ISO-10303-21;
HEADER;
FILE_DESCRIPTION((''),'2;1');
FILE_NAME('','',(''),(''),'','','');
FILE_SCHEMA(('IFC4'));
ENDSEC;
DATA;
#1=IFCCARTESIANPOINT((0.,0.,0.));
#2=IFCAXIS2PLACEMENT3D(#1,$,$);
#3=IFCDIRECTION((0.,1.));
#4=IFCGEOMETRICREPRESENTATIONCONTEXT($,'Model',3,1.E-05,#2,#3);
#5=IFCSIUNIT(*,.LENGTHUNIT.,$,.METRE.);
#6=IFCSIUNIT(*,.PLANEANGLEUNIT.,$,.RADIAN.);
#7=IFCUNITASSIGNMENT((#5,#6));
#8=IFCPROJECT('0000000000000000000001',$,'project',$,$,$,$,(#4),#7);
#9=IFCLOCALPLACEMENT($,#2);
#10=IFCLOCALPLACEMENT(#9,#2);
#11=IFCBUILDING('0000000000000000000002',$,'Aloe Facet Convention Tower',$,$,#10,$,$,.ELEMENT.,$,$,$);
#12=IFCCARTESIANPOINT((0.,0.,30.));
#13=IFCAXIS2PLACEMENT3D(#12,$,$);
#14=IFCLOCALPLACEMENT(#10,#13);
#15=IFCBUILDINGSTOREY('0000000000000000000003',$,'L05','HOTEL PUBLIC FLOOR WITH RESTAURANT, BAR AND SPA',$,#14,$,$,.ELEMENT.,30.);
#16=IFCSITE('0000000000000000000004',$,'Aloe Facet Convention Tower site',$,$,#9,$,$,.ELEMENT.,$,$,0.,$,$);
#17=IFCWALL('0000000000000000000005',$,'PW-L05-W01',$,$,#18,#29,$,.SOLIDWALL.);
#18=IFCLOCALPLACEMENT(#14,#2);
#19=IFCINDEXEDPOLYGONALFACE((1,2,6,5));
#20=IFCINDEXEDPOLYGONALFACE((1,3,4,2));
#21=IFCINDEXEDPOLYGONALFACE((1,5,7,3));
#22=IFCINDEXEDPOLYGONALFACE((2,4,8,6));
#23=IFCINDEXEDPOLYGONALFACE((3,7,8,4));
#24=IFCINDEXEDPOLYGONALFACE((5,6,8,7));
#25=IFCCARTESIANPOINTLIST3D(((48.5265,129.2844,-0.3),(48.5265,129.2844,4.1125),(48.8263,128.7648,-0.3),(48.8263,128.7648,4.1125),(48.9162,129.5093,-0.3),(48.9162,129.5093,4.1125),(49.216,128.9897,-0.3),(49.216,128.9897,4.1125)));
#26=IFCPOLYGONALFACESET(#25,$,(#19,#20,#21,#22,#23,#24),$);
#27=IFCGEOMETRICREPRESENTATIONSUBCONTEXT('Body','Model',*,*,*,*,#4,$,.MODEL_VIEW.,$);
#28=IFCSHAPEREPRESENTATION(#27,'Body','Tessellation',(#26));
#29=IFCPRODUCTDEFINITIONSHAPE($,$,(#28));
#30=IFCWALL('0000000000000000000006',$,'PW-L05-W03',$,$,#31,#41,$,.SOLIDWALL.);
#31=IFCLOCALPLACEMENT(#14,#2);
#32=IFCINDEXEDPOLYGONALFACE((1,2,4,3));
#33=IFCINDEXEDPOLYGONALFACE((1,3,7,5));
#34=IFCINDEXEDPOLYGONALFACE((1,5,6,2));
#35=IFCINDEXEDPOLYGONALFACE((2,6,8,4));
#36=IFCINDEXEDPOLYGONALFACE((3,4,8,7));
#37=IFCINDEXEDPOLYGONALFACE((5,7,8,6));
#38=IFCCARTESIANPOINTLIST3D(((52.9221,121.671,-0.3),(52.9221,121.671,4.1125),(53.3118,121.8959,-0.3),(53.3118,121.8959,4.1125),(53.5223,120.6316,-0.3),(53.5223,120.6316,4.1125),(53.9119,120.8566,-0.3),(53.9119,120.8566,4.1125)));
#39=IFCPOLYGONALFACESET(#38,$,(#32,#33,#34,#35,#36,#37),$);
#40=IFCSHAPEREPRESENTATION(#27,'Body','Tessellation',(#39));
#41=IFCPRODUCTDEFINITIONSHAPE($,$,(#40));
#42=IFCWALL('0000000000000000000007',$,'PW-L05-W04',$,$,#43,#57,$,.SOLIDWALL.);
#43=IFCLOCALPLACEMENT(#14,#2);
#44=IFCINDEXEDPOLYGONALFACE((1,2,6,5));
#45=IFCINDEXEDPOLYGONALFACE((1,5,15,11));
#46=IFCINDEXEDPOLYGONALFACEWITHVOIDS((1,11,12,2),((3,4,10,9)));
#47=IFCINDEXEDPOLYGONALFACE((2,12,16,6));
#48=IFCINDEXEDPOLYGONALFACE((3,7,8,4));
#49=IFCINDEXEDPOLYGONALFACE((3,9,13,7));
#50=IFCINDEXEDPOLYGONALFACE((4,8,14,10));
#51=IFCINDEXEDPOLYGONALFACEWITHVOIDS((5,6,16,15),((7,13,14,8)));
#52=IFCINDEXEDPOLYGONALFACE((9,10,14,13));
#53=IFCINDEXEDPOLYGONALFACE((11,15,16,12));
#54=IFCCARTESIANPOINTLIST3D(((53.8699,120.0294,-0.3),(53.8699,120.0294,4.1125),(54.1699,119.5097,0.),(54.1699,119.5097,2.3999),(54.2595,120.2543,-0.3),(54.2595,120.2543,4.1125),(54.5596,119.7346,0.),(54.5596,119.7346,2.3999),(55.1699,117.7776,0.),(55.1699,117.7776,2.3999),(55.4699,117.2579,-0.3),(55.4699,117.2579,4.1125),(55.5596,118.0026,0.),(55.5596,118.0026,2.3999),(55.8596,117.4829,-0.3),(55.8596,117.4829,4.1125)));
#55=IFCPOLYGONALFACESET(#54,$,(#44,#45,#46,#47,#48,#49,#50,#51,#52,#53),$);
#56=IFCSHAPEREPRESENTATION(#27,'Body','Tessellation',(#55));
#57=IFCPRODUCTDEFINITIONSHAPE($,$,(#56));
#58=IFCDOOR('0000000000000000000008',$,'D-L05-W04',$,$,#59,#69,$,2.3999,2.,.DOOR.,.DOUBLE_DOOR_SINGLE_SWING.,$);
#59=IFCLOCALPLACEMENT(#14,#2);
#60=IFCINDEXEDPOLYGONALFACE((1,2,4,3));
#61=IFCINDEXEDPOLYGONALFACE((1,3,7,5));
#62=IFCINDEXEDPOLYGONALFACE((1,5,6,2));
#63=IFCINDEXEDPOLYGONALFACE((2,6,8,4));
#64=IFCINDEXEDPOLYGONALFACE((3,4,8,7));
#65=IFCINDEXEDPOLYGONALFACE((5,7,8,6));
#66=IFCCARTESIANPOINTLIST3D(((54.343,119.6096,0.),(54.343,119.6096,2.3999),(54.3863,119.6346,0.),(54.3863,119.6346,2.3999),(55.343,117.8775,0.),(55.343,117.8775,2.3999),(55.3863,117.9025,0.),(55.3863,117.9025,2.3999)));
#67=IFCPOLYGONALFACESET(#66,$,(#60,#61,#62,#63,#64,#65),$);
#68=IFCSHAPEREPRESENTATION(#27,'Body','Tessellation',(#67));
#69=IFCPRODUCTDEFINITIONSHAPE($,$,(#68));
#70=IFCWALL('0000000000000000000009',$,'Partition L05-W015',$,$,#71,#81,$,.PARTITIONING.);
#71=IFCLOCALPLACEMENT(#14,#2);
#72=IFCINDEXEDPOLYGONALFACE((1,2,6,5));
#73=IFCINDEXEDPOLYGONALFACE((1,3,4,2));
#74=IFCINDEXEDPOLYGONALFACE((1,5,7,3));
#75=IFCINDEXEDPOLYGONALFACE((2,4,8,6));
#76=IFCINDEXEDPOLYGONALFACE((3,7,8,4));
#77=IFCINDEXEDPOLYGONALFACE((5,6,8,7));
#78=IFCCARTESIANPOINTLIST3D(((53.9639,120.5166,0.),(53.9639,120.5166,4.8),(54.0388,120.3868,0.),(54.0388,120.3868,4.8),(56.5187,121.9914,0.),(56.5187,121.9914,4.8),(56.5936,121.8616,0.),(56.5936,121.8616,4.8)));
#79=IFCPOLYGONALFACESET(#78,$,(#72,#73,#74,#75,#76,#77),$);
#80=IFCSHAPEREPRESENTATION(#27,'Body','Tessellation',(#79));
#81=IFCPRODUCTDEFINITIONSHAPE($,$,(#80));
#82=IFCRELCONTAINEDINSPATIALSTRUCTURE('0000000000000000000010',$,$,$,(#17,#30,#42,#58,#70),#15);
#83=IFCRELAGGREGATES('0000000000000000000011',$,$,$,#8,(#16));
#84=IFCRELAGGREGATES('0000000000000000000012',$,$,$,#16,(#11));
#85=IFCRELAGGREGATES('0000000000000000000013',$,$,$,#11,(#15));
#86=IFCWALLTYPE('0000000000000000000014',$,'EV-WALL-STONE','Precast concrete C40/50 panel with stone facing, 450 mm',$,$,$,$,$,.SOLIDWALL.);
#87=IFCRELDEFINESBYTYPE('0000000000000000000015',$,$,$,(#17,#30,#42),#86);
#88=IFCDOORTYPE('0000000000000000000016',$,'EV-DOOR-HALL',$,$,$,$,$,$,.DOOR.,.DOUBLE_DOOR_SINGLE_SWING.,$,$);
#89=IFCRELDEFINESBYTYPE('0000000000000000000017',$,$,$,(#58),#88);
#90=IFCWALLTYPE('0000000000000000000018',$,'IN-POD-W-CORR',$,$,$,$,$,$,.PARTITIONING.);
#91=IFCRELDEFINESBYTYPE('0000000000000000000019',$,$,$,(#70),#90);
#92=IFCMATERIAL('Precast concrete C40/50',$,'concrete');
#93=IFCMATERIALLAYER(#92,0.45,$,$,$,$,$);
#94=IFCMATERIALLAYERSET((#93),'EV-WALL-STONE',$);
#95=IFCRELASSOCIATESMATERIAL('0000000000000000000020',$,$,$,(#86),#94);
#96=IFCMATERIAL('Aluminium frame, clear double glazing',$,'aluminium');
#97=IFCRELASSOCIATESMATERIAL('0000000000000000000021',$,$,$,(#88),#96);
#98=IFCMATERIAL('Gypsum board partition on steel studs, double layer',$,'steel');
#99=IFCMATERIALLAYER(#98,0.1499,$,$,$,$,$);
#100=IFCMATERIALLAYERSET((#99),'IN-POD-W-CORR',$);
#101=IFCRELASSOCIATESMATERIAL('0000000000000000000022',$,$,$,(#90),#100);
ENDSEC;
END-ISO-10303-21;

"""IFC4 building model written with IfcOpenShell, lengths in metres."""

from ifc_helpers import new_model, si_unit, direction, frame, frame_2d, origin, place, context, subcontext, project, spatial, rectangle, extrude, material, layer, layer_set, type_object, element, fill, save


model = new_model("IFC4")

# Units and contexts
model_context = context("Model", 3, precision=1e-05, world=origin(), true_north=direction((0.0, 1.0)))
body_context = subcontext(model_context, "Body", "Model", "MODEL_VIEW")
ifc_project = project(units=[si_unit("LENGTHUNIT", "METRE"), si_unit("PLANEANGLEUNIT", "RADIAN")], contexts=[model_context])

# Site, building, storey
site_placement = place(None, origin())
site = spatial("IfcSite", under=ifc_project, at=site_placement, Name="Aloe Facet Convention Tower site", CompositionType="ELEMENT", RefElevation=0.0)
building_placement = place(site_placement, origin())
building = spatial("IfcBuilding", under=site, at=building_placement, Name="Aloe Facet Convention Tower", CompositionType="ELEMENT")
storey_placement = place(building_placement, frame((0.0, 0.0, 30.0)))
storey = spatial("IfcBuildingStorey", under=building, at=storey_placement, Name="L05", Description="HOTEL PUBLIC FLOOR WITH RESTAURANT, BAR AND SPA", CompositionType="ELEMENT", Elevation=30.0)

# Walls
ifc_material_1 = material(Name="Precast concrete C40/50", Category="concrete")
ifc_layer_1 = layer(ifc_material_1, 0.45)
ifc_layer_set_1 = layer_set([ifc_layer_1], Name="EV-WALL-STONE")
wall_type_1 = type_object("IfcWallType", Name="EV-WALL-STONE", Description="Precast concrete C40/50 panel with stone facing, 450 mm", PredefinedType="SOLIDWALL", material=ifc_layer_set_1)
wall_1_placement = place(storey_placement, frame((48.7214, 129.3967, -0.3), z_axis=(0.0, 0.0, 1.0), x_axis=(0.499816, -0.866131, 0.0)))
element("IfcWall", 1, at=wall_1_placement, inside=storey, type_object=wall_type_1, Name="PW-L05-W01", PredefinedType="SOLIDWALL", context=body_context, shape_type="SweptSolid", body=[
    extrude(rectangle(XDim=0.5999, YDim=0.45, at=frame_2d((0.2998, 0.0))), origin(), (0.0, 0.0, 1.0), 4.4126),
])
wall_2_placement = place(storey_placement, frame((53.1169, 121.7834, -0.3), z_axis=(0.0, 0.0, 1.0), x_axis=(0.500034, -0.866006, 0.0)))
element("IfcWall", 2, at=wall_2_placement, inside=storey, type_object=wall_type_1, Name="PW-L05-W03", PredefinedType="SOLIDWALL", context=body_context, shape_type="SweptSolid", body=[
    extrude(rectangle(XDim=1.2002, YDim=0.45, at=frame_2d((0.6001, 0.0))), origin(), (0.0, 0.0, 1.0), 4.4126),
])

# Wall, opening, door
wall_3_placement = place(storey_placement, frame((54.0647, 120.1418, -0.3), z_axis=(0.0, 0.0, 1.0), x_axis=(0.499995, -0.866028, 0.0)))
wall_3 = element("IfcWall", 3, at=wall_3_placement, inside=storey, type_object=wall_type_1, Name="PW-L05-W04", PredefinedType="SOLIDWALL", context=body_context, shape_type="SweptSolid", body=[
    extrude(rectangle(XDim=3.2002, YDim=0.45, at=frame_2d((1.6001, 0.0))), origin(), (0.0, 0.0, 1.0), 4.4126),
])
opening_placement = place(wall_3_placement, frame((0.6001, 0.0, 0.3)))
opening = element("IfcOpeningElement", 4, at=opening_placement, cuts=wall_3, PredefinedType="OPENING", context=body_context, shape_type="SweptSolid", body=[
    extrude(rectangle(XDim=2.0, YDim=2.3999, at=frame_2d((1.0, 1.2))), frame((0.0, 0.2349, 0.0), z_axis=(0.0, -1.0, 0.0), x_axis=(1.0, 0.0, 0.0)), (0.0, 0.0, 1.0), 0.47),
])
ifc_material_2 = material(Name="Aluminium frame, clear double glazing", Category="aluminium")
door_type = type_object("IfcDoorType", Name="EV-DOOR-HALL", OperationType="DOUBLE_DOOR_SINGLE_SWING", PredefinedType="DOOR", material=ifc_material_2)
door_placement = place(opening_placement, origin())
door = element("IfcDoor", 5, at=door_placement, inside=storey, type_object=door_type, Name="D-L05-W04", OperationType="DOUBLE_DOOR_SINGLE_SWING", OverallHeight=2.3999, OverallWidth=2.0, PredefinedType="DOOR", context=body_context, shape_type="SweptSolid", body=[
    extrude(rectangle(XDim=2.0, YDim=2.3999, at=frame_2d((1.0, 1.2))), frame((0.0, 0.0249, 0.0), z_axis=(0.0, -1.0, 0.0), x_axis=(1.0, 0.0, 0.0)), (0.0, 0.0, 1.0), 0.05),
])
fill(opening, door)

# Wall
ifc_material_3 = material(Name="Gypsum board partition on steel studs, double layer", Category="steel")
ifc_layer_2 = layer(ifc_material_3, 0.1499)
ifc_layer_set_2 = layer_set([ifc_layer_2], Name="IN-POD-W-CORR")
wall_type_2 = type_object("IfcWallType", Name="IN-POD-W-CORR", PredefinedType="PARTITIONING", material=ifc_layer_set_2)
wall_4_placement = place(storey_placement, frame((54.0012, 120.4517, 0.0), z_axis=(0.0, 0.0, 1.0), x_axis=(0.86606, 0.49994, 0.0)))
element("IfcWall", 6, at=wall_4_placement, inside=storey, type_object=wall_type_2, Name="Partition L05-W015", PredefinedType="PARTITIONING", context=body_context, shape_type="SweptSolid", body=[
    extrude(rectangle(XDim=2.95, YDim=0.1499, at=frame_2d((1.4751, 0.0))), origin(), (0.0, 0.0, 1.0), 4.8),
])

save(model, "model.ifc")
